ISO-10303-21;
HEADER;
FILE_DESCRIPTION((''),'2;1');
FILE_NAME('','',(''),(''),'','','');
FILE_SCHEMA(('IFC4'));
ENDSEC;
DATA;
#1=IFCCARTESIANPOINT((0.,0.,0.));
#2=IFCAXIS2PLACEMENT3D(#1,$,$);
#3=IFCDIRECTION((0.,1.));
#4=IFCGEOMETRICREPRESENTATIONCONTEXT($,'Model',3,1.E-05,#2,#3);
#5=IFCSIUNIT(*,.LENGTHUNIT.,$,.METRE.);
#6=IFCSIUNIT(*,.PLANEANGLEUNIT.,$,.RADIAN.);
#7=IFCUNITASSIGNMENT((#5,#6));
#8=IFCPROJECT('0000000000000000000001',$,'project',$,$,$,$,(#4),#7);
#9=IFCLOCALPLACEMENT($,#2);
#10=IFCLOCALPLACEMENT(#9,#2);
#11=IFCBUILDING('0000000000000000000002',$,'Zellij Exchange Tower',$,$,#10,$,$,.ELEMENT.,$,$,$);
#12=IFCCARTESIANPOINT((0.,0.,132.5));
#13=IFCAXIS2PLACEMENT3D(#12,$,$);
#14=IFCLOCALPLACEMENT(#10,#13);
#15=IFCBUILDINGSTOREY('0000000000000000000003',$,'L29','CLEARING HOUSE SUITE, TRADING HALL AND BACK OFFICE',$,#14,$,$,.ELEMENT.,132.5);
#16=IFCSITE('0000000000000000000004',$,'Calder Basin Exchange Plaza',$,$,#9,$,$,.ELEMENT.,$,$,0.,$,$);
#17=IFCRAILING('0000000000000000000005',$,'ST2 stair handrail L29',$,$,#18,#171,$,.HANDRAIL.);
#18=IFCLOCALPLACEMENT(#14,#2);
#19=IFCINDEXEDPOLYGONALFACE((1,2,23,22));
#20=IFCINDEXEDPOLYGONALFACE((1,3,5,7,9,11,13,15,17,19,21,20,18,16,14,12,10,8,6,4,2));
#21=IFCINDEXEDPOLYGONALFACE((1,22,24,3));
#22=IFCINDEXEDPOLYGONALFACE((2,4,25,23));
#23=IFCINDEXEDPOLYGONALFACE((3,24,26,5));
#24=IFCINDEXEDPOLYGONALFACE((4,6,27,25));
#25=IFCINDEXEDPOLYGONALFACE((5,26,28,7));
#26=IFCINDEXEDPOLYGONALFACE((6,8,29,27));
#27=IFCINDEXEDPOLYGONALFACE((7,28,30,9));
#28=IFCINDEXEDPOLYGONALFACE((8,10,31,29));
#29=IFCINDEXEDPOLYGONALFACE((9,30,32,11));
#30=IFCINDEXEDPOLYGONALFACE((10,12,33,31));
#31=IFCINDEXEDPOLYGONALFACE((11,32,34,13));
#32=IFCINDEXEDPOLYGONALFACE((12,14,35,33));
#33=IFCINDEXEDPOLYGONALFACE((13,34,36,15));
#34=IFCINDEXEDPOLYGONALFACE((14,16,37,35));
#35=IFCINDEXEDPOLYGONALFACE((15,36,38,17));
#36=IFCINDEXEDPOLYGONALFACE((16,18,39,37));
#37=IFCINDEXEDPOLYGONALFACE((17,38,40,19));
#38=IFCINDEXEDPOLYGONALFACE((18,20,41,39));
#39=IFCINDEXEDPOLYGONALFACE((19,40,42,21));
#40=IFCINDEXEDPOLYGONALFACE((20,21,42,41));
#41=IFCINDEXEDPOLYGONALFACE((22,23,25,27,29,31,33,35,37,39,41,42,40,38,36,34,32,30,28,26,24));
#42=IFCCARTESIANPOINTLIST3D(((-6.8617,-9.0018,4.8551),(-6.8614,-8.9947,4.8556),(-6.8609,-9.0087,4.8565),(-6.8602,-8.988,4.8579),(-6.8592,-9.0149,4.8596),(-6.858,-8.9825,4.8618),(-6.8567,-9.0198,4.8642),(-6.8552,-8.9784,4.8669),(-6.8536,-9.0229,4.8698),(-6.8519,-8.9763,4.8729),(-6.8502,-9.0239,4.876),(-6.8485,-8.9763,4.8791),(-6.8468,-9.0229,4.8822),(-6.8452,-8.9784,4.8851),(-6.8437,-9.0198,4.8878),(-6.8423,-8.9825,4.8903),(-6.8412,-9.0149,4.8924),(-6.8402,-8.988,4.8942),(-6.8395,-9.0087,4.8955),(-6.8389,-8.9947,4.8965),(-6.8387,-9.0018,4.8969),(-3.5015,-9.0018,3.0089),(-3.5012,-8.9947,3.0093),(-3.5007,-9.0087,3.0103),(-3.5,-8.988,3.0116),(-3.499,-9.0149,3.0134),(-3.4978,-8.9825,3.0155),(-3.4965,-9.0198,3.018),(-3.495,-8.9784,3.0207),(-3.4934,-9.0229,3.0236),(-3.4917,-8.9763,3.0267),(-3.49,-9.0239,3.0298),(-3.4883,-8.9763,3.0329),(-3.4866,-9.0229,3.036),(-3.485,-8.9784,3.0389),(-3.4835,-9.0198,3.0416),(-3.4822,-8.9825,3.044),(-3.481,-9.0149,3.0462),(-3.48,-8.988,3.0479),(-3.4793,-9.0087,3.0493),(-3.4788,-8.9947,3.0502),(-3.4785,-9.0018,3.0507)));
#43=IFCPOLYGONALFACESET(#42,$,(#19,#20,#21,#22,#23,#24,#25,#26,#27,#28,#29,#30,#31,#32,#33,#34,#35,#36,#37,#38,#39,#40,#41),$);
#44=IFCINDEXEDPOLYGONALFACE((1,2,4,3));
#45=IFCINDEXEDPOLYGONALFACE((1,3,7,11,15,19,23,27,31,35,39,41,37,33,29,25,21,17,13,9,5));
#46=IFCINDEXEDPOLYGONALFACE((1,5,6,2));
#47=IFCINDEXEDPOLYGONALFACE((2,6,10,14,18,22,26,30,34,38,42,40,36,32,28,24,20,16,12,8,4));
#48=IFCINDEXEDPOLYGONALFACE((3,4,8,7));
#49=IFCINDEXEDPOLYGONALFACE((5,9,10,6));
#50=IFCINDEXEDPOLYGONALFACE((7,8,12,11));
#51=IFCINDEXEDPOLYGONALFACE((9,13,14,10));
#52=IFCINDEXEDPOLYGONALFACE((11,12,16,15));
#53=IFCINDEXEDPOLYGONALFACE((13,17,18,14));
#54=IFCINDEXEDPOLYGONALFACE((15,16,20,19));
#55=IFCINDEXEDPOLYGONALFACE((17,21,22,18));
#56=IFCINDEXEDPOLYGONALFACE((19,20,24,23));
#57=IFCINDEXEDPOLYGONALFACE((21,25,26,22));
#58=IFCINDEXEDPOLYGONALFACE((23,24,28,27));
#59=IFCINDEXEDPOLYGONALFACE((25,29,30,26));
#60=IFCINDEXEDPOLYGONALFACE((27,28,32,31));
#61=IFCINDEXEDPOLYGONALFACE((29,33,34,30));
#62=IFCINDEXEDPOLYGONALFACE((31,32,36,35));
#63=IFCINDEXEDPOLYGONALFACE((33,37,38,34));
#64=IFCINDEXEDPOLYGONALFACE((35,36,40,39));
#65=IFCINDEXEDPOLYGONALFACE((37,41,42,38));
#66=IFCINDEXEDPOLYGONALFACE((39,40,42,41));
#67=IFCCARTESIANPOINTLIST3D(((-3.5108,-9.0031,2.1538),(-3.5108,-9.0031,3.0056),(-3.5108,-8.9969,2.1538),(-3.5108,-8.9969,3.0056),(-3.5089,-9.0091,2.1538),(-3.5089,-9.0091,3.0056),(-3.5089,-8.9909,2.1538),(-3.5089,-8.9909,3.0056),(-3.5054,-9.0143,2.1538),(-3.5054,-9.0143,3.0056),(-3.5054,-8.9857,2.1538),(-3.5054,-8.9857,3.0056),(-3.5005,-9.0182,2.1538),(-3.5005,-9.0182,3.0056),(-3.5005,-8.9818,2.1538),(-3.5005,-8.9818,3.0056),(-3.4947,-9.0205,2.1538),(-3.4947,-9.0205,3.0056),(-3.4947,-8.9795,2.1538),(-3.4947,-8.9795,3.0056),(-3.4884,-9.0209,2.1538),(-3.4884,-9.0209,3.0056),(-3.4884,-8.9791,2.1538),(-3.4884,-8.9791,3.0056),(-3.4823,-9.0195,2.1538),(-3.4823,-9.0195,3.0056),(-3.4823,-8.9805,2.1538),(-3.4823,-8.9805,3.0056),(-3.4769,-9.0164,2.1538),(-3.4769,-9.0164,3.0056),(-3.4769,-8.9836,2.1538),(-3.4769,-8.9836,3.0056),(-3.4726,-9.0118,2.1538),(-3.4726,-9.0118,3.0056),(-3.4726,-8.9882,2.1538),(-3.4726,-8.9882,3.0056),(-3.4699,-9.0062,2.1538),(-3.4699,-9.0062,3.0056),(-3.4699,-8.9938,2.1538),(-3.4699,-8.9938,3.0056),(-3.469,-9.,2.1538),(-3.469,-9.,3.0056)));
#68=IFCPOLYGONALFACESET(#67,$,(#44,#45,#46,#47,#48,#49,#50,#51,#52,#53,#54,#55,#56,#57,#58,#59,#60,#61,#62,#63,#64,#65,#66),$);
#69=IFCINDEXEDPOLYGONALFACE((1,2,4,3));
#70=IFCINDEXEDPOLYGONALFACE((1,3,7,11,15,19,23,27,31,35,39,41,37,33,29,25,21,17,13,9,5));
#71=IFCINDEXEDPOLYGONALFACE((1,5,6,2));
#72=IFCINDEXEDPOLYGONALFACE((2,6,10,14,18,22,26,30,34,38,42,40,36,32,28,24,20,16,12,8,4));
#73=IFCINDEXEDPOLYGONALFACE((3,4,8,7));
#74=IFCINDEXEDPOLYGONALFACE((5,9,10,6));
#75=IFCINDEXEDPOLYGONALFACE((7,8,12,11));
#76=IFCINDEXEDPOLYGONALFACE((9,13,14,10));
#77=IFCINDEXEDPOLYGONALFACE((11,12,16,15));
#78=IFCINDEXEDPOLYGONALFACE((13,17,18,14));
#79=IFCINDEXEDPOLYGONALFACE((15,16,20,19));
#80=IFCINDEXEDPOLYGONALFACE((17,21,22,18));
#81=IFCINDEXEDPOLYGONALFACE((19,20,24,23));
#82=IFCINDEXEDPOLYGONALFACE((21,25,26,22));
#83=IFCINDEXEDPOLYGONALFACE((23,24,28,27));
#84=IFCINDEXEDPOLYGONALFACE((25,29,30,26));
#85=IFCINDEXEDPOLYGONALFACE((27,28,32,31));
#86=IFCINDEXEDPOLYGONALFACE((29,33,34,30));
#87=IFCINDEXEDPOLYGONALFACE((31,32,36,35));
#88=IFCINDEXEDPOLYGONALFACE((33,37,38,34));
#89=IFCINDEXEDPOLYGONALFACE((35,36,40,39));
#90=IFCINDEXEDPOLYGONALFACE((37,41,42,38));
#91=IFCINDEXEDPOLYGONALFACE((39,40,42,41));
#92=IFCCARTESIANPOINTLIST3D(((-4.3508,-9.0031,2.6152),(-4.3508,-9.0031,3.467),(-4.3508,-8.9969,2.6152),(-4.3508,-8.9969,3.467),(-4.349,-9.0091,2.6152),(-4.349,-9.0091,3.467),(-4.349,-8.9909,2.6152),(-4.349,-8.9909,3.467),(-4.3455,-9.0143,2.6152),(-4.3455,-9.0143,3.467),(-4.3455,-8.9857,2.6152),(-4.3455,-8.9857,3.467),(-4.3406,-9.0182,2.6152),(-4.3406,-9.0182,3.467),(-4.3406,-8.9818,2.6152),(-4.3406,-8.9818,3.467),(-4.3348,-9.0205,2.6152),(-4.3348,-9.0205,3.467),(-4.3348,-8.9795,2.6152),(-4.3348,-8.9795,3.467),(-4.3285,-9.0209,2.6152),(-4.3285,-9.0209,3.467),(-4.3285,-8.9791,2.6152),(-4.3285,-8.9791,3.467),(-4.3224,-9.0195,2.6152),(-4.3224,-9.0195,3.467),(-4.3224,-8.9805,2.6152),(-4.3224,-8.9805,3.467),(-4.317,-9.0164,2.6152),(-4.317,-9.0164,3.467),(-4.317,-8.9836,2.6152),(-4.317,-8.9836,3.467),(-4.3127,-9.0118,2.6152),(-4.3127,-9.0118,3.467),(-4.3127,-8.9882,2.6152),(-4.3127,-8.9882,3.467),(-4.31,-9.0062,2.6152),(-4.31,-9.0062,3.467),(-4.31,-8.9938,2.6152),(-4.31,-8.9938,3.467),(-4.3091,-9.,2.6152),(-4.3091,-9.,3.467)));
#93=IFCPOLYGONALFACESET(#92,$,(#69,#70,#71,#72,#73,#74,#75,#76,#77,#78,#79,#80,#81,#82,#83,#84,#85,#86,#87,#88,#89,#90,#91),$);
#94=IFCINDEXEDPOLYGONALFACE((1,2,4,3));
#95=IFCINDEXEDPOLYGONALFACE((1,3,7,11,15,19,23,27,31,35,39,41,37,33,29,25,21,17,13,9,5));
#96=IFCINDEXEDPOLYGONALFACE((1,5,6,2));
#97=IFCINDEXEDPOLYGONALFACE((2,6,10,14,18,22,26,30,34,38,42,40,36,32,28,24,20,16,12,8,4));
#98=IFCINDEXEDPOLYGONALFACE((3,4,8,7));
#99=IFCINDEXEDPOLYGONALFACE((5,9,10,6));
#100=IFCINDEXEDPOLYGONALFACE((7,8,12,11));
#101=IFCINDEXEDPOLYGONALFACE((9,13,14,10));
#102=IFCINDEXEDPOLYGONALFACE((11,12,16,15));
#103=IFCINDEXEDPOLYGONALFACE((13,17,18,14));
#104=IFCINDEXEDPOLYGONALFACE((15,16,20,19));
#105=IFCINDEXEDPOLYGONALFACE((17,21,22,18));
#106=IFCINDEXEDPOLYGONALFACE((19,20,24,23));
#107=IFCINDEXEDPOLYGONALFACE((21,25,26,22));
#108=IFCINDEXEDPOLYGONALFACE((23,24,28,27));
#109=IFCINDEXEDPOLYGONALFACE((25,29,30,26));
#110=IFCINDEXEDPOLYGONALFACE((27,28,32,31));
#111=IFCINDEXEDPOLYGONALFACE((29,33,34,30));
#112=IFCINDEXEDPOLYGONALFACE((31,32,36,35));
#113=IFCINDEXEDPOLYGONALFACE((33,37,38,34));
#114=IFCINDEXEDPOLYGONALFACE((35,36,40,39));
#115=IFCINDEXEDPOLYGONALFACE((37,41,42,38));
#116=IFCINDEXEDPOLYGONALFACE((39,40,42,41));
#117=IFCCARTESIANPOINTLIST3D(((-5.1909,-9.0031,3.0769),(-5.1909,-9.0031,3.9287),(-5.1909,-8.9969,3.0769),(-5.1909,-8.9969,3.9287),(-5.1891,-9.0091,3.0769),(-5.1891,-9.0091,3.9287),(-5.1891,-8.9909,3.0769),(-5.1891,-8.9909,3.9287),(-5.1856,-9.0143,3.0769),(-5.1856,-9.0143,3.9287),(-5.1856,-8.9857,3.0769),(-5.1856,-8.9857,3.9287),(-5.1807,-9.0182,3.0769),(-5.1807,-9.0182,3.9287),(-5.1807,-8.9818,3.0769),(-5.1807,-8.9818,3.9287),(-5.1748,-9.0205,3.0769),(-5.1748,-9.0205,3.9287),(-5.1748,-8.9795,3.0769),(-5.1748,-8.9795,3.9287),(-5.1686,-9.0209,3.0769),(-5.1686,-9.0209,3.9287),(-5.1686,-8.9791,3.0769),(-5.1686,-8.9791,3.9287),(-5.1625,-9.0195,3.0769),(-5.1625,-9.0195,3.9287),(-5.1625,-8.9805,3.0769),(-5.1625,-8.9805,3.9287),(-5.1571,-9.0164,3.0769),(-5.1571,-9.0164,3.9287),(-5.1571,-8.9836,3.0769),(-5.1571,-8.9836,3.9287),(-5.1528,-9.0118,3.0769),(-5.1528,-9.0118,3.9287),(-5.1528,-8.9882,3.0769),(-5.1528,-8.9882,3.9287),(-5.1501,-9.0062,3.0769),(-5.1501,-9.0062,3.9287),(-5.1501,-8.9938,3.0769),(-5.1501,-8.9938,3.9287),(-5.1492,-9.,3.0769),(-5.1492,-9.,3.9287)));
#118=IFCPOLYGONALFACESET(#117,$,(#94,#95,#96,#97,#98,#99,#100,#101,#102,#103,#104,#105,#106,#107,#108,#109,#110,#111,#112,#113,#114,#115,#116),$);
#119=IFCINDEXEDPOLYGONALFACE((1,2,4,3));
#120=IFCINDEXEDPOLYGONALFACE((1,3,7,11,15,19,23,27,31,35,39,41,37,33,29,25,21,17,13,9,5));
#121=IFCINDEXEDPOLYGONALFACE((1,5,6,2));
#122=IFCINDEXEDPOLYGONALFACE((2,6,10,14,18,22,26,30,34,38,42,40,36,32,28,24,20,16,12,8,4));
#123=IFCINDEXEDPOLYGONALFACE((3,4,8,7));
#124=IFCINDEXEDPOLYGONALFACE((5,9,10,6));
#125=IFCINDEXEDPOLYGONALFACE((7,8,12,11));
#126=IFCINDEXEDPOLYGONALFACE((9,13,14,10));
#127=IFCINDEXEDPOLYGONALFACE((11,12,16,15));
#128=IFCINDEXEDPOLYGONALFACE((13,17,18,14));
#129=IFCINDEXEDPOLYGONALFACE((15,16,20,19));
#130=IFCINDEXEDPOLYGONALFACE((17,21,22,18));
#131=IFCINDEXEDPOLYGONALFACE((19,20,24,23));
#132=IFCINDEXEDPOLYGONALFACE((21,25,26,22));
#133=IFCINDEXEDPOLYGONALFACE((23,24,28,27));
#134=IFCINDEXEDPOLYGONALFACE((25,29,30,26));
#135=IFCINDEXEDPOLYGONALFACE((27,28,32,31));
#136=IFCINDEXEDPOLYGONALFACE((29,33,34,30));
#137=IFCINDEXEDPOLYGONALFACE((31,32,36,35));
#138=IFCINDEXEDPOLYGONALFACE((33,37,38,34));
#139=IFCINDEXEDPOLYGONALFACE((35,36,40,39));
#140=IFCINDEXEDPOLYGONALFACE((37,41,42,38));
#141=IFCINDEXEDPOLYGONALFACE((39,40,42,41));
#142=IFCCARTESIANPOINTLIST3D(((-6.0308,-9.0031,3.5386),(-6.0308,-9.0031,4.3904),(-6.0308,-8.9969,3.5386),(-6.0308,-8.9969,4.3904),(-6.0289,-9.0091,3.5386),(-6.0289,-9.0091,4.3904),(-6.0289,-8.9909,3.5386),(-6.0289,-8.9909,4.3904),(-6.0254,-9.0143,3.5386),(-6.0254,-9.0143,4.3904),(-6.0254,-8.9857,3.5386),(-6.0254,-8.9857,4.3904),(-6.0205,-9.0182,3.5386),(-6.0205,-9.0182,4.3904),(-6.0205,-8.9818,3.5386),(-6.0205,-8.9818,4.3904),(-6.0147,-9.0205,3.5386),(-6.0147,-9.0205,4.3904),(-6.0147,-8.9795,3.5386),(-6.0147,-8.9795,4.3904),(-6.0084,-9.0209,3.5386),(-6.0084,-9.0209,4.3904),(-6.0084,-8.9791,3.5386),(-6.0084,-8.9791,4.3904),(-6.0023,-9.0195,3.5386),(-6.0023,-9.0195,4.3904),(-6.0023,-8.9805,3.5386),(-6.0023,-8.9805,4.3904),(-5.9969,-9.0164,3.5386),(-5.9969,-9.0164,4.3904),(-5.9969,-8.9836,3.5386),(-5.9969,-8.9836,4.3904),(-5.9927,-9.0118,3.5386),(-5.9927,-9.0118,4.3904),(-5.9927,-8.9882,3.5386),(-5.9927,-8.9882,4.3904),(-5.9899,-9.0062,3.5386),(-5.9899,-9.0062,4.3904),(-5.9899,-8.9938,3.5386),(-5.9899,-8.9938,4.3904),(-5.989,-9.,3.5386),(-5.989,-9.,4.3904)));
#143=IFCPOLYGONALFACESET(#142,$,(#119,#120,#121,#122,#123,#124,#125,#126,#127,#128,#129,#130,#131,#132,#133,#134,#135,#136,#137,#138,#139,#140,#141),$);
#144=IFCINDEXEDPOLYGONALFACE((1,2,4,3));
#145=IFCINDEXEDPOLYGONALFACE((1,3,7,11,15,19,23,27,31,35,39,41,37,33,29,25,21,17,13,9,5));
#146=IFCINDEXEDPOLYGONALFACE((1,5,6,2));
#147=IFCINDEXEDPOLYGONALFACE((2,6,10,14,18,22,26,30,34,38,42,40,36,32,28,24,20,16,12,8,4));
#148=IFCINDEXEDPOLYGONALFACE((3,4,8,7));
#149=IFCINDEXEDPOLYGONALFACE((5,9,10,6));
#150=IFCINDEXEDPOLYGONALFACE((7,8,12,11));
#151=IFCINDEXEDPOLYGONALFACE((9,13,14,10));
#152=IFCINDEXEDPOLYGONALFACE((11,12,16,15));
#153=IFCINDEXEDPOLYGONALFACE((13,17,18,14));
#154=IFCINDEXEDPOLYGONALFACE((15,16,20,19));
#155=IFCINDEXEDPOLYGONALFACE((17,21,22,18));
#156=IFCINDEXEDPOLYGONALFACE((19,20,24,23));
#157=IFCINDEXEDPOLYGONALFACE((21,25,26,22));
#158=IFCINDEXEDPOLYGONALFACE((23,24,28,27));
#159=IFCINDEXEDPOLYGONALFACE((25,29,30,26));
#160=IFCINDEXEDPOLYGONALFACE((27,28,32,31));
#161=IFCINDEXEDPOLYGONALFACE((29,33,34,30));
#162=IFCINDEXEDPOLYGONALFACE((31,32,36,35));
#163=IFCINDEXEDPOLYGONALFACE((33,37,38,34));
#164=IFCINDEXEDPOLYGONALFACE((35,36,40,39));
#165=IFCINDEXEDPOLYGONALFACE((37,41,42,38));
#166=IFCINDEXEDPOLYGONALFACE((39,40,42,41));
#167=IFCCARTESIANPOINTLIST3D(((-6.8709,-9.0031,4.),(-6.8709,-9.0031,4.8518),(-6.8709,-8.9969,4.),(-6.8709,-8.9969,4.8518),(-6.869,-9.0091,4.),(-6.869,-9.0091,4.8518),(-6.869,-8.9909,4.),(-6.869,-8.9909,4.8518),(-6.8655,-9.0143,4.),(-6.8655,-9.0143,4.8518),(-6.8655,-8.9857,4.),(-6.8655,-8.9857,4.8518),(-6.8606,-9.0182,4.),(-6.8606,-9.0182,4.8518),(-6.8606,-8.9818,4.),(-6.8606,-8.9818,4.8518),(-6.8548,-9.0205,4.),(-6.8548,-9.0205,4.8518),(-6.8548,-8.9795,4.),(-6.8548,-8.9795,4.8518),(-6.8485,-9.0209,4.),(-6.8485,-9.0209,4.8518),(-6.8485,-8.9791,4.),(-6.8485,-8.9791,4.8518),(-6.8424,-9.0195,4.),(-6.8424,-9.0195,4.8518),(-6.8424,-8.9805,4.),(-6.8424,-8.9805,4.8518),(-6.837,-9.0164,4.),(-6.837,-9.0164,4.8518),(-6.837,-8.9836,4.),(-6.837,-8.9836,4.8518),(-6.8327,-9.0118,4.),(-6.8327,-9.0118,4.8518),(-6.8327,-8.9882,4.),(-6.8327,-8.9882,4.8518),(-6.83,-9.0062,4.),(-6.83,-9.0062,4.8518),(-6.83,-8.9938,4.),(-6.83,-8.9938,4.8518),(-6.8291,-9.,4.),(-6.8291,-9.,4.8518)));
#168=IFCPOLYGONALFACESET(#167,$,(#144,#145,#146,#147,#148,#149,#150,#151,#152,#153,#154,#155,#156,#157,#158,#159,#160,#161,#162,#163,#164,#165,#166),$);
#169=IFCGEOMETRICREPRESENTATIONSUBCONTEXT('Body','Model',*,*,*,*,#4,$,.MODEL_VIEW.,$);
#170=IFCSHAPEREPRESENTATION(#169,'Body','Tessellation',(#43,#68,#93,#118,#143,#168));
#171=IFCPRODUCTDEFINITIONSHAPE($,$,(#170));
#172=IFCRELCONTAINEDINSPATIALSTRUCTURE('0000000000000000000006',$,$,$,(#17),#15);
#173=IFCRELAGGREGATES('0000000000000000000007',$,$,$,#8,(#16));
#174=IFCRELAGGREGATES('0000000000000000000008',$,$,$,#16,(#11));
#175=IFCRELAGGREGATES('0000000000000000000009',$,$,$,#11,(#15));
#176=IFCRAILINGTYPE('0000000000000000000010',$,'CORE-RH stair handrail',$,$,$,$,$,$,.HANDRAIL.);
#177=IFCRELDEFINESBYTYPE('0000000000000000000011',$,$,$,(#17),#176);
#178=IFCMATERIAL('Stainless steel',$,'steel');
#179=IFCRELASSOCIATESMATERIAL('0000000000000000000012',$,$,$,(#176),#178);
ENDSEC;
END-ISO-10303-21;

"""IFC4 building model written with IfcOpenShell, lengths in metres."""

from ifc_helpers import new_model, si_unit, direction, frame, origin, origin_2d, place, context, subcontext, project, spatial, circle, extrude, material, type_object, element, save


model = new_model("IFC4")

# Units and contexts
model_context = context("Model", 3, precision=1e-05, world=origin(), true_north=direction((0.0, 1.0)))
body_context = subcontext(model_context, "Body", "Model", "MODEL_VIEW")
ifc_project = project(units=[si_unit("LENGTHUNIT", "METRE"), si_unit("PLANEANGLEUNIT", "RADIAN")], contexts=[model_context])

# Site, building, storey
site_placement = place(None, origin())
site = spatial("IfcSite", under=ifc_project, at=site_placement, Name="Calder Basin Exchange Plaza", CompositionType="ELEMENT", RefElevation=0.0)
building_placement = place(site_placement, origin())
building = spatial("IfcBuilding", under=site, at=building_placement, Name="Zellij Exchange Tower", CompositionType="ELEMENT")
storey_placement = place(building_placement, frame((0.0, 0.0, 132.5)))
storey = spatial("IfcBuildingStorey", under=building, at=storey_placement, Name="L29", Description="CLEARING HOUSE SUITE, TRADING HALL AND BACK OFFICE", CompositionType="ELEMENT", Elevation=132.5)

# Railing
ifc_material_1 = material(Name="Stainless steel", Category="steel")
railing_type_1 = type_object("IfcRailingType", Name="CORE-RH stair handrail", PredefinedType="HANDRAIL", material=ifc_material_1)
railing_1_placement = place(storey_placement, frame((-3.49, -9.0, 2.1538)))
element("IfcRailing", 1, at=railing_1_placement, inside=storey, type_object=railing_type_1, Name="ST2 stair handrail L29", PredefinedType="HANDRAIL", context=body_context, shape_type="SweptSolid", body=[
    extrude(circle(Radius=0.0239, at=origin_2d()), frame((0.0, 0.0, 0.876), z_axis=(-0.876422, 0.0, 0.481545), x_axis=(0.0, -1.0, 0.0)), (0.0, 0.0, 1.0), 3.834),
    extrude(circle(Radius=0.021, at=origin_2d()), origin(), (0.0, 0.0, 1.0), 0.8518),
    extrude(circle(Radius=0.021, at=origin_2d()), frame((-0.8401, 0.0, 0.4614)), (0.0, 0.0, 1.0), 0.8518),
    extrude(circle(Radius=0.021, at=origin_2d()), frame((-1.6802, 0.0, 0.9231)), (0.0, 0.0, 1.0), 0.8518),
    extrude(circle(Radius=0.021, at=origin_2d()), frame((-2.52, 0.0, 1.3848)), (0.0, 0.0, 1.0), 0.8518),
    extrude(circle(Radius=0.021, at=origin_2d()), frame((-3.3601, 0.0, 1.8462)), (0.0, 0.0, 1.0), 0.8518),
])

save(model, "model.ifc")
